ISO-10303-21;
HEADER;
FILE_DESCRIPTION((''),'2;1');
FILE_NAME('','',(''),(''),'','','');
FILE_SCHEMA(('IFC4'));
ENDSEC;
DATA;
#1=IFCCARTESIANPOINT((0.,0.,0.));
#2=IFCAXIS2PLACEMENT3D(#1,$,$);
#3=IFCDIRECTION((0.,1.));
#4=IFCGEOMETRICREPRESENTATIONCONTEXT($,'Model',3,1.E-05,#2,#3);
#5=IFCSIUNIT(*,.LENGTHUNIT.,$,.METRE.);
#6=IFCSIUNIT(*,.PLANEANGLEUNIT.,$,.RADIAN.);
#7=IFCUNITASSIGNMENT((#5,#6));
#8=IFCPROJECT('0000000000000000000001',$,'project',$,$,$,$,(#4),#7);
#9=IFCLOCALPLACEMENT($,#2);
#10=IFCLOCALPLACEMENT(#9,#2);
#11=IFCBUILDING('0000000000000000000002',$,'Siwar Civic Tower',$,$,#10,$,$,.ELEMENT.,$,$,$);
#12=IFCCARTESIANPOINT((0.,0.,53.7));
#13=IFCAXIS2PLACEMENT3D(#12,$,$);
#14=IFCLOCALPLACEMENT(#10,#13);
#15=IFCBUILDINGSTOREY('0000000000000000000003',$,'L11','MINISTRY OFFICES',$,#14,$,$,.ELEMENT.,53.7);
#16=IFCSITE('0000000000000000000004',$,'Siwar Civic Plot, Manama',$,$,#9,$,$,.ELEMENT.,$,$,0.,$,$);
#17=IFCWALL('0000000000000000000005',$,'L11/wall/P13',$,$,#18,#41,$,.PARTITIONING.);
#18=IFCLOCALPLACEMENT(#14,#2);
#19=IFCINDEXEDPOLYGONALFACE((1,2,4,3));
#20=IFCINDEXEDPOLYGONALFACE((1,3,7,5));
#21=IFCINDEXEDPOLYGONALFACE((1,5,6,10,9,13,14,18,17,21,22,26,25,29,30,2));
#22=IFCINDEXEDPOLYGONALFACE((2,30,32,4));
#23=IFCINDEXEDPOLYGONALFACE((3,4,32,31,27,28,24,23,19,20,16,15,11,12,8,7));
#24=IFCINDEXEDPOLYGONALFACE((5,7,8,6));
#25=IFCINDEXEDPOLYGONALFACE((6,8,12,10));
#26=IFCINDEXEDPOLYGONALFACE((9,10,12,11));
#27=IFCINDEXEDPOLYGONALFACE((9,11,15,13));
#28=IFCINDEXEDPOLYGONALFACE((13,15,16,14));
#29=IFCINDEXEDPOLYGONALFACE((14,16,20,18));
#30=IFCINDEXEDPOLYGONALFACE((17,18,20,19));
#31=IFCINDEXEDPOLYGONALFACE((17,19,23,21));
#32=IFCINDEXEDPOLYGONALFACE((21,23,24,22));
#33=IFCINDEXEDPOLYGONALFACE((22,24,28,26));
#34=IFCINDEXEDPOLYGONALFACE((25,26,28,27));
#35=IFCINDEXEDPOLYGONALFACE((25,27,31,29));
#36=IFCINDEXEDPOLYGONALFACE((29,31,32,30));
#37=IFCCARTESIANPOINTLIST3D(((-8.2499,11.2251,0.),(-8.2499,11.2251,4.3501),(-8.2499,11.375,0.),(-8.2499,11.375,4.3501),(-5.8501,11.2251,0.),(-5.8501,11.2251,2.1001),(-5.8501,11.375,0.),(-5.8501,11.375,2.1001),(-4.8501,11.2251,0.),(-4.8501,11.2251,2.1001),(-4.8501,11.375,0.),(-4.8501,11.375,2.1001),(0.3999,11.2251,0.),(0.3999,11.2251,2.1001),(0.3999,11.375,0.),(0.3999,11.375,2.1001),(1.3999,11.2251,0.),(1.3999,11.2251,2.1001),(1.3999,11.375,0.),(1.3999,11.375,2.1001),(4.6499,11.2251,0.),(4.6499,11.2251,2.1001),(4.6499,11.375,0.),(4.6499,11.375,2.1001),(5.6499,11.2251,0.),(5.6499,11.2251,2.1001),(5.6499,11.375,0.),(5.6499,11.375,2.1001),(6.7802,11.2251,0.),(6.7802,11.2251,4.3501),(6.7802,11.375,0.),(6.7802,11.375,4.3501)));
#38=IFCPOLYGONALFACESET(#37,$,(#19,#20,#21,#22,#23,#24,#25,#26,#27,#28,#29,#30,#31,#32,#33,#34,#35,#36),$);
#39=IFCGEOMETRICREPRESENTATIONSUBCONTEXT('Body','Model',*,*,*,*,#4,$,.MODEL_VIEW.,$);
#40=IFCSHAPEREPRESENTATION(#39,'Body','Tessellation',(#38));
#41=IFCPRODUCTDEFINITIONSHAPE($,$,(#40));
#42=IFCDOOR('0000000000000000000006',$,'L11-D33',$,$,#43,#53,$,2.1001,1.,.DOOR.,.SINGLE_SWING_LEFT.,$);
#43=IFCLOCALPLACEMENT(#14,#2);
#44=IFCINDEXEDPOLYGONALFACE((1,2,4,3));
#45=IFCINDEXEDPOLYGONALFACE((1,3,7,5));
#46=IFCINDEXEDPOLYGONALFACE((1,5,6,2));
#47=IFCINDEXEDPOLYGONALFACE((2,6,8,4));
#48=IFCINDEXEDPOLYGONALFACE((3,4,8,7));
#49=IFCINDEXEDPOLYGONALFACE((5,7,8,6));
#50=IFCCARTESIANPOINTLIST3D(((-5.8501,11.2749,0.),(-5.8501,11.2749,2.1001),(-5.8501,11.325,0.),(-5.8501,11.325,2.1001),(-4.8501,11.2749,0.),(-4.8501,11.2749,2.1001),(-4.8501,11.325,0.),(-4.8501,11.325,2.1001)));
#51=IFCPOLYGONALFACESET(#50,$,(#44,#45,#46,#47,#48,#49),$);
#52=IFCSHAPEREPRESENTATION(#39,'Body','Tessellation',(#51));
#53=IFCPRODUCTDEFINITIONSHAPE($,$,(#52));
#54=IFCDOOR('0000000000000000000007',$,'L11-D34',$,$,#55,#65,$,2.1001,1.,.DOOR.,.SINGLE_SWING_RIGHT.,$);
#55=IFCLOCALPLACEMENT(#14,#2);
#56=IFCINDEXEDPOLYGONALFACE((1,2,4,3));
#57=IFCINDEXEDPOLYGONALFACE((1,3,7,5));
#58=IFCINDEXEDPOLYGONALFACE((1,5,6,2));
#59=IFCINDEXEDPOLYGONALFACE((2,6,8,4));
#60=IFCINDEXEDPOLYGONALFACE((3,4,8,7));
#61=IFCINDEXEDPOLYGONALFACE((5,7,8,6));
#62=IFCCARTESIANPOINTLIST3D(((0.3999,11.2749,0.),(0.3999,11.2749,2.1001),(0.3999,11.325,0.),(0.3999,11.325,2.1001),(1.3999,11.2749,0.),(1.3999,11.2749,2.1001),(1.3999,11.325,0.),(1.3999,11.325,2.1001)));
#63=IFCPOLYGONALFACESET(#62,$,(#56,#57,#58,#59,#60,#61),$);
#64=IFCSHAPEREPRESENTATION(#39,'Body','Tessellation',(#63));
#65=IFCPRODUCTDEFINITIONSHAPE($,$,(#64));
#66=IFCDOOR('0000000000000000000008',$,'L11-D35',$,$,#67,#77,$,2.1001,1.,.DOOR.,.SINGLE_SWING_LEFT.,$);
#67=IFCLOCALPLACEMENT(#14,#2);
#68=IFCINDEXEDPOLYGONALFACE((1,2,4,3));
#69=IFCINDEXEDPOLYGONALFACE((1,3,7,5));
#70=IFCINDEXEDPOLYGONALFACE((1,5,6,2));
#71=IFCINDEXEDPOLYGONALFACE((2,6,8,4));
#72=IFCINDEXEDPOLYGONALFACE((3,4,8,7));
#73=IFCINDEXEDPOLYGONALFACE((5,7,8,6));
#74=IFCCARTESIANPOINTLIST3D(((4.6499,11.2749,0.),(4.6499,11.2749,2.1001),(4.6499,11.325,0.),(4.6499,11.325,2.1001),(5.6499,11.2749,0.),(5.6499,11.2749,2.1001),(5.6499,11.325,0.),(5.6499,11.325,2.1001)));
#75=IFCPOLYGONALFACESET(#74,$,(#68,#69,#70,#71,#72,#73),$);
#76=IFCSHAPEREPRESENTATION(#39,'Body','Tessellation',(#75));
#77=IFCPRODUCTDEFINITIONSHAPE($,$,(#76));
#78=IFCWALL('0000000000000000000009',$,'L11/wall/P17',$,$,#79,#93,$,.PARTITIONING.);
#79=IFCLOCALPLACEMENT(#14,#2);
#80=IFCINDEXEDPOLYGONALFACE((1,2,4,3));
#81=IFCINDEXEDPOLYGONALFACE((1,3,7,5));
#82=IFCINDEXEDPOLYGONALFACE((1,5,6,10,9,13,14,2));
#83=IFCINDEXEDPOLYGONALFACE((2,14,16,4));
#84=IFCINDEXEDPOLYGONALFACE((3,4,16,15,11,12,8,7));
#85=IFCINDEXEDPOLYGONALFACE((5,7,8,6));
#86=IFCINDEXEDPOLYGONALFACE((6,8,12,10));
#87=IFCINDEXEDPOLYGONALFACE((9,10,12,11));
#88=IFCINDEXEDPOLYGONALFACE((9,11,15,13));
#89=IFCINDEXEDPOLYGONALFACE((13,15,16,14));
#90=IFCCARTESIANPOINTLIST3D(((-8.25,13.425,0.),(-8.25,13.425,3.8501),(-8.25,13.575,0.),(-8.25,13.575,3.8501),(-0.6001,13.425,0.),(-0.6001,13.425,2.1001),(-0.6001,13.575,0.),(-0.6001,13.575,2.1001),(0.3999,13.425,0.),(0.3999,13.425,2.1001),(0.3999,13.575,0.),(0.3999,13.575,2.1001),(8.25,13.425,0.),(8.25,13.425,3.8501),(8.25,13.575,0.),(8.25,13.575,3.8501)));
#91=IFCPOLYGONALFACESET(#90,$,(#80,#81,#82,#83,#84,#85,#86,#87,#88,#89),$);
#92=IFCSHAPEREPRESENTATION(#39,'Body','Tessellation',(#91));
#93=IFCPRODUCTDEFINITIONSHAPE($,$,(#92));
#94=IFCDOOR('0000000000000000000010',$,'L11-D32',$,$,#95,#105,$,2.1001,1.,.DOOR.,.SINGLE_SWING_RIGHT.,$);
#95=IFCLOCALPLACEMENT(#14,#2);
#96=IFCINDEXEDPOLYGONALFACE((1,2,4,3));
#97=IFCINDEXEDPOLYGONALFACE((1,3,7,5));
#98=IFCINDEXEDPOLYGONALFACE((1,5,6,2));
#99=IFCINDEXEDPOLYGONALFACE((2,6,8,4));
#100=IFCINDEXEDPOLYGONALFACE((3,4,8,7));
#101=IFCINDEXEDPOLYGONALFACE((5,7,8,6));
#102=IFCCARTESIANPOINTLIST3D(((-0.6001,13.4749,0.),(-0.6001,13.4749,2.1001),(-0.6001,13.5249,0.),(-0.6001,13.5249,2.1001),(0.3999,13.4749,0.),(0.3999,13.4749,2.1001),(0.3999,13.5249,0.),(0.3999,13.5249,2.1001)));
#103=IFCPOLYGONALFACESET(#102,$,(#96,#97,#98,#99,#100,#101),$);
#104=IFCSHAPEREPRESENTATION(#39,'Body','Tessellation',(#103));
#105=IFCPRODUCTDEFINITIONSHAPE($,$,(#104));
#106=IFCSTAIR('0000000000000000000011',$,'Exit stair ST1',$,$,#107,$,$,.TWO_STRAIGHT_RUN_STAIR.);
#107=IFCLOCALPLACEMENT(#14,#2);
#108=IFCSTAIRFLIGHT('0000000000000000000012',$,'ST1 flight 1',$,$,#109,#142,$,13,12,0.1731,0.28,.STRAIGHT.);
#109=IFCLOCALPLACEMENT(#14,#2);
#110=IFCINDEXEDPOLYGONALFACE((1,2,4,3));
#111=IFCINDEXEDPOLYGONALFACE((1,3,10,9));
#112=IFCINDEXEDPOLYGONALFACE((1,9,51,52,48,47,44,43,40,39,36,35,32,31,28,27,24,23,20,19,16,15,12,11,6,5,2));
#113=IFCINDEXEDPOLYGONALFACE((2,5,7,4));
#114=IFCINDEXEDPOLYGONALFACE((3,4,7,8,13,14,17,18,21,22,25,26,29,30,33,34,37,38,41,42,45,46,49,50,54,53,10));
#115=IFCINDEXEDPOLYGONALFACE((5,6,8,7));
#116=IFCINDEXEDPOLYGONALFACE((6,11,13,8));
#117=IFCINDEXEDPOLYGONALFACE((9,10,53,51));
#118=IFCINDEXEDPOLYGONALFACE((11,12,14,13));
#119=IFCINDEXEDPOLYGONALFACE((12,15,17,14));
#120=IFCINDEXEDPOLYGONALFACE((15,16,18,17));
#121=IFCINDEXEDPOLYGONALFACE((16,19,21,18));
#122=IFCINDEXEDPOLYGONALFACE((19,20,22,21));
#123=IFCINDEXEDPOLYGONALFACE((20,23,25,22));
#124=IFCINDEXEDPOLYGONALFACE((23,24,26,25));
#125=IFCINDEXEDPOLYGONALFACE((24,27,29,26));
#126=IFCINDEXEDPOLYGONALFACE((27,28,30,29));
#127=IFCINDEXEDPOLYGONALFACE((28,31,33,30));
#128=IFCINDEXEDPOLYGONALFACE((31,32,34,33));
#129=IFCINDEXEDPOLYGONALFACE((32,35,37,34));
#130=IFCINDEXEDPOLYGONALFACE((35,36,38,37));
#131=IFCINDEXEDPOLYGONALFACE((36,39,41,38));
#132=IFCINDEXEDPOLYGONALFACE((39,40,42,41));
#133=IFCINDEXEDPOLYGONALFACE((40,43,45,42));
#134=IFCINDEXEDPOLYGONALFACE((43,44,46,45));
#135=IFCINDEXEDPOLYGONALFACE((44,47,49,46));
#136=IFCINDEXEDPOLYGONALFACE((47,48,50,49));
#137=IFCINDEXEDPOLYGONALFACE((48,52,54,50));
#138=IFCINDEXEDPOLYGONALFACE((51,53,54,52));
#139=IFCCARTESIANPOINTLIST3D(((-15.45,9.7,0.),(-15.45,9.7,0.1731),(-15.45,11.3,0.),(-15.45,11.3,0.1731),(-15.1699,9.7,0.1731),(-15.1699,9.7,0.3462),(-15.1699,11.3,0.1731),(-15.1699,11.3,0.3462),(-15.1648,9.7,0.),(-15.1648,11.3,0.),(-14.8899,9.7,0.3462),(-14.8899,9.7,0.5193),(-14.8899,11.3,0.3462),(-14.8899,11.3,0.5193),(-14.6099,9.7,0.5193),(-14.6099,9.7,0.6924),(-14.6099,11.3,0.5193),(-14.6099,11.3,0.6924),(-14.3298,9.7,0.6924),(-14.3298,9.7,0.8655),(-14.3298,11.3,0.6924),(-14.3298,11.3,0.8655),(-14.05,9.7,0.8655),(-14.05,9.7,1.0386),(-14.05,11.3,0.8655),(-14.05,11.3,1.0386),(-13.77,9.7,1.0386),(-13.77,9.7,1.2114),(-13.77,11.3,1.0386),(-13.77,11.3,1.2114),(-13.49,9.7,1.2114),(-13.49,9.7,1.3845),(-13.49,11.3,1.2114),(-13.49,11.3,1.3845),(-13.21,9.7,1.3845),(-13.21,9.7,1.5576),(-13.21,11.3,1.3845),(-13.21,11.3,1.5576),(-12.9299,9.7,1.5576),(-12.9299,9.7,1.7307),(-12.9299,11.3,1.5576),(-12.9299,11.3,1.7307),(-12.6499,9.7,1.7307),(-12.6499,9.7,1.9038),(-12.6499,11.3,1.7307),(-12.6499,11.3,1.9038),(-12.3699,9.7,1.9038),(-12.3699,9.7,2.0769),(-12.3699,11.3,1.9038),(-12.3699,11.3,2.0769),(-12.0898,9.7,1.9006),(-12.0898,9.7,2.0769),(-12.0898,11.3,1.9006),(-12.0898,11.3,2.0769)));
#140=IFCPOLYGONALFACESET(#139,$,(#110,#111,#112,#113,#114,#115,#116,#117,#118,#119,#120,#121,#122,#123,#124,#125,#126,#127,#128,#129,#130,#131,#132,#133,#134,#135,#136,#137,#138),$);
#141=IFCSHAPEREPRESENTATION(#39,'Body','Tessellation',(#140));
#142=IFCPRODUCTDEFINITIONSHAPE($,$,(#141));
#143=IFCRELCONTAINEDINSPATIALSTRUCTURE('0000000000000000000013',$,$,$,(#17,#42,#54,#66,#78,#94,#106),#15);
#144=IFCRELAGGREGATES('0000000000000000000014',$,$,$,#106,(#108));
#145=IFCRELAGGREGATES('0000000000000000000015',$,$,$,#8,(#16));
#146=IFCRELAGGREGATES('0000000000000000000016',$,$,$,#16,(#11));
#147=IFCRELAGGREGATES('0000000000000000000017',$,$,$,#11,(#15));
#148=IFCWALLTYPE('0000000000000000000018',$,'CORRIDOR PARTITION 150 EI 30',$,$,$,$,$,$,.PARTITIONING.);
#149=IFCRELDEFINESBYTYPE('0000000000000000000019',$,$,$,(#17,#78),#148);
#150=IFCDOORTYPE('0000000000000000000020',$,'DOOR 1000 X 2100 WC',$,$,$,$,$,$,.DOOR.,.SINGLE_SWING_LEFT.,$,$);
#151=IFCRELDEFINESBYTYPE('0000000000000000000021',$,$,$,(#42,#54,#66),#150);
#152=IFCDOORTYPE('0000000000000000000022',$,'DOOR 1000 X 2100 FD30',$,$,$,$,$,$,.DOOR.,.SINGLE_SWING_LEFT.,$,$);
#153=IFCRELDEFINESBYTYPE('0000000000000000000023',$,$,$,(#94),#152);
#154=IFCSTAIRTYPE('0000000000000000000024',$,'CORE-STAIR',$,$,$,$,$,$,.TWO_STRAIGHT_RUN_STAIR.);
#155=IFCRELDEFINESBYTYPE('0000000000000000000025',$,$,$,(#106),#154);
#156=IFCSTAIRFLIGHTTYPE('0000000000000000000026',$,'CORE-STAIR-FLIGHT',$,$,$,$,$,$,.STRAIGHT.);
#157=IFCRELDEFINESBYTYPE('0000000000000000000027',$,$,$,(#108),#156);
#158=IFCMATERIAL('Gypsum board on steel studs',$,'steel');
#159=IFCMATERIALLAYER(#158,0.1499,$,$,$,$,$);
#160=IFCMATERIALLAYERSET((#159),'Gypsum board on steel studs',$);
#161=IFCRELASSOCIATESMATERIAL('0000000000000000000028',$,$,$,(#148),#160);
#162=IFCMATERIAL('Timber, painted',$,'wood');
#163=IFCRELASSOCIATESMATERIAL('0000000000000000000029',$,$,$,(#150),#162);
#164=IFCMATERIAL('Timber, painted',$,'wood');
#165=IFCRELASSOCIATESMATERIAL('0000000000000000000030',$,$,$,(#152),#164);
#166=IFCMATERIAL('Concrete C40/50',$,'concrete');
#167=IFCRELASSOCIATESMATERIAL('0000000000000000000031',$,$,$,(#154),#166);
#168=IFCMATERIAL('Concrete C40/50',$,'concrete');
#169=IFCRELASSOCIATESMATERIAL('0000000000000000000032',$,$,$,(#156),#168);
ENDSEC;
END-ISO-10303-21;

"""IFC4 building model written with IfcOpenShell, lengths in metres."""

from ifc_helpers import new_model, si_unit, direction, frame, frame_2d, origin, place, context, subcontext, project, spatial, polyline, rectangle, outline, extrude, material, layer, layer_set, type_object, element, fill, aggregate, save


model = new_model("IFC4")

# Units and contexts
model_context = context("Model", 3, precision=1e-05, world=origin(), true_north=direction((0.0, 1.0)))
body_context = subcontext(model_context, "Body", "Model", "MODEL_VIEW")
ifc_project = project(units=[si_unit("LENGTHUNIT", "METRE"), si_unit("PLANEANGLEUNIT", "RADIAN")], contexts=[model_context])

# Site, building, storey
site_placement = place(None, origin())
site = spatial("IfcSite", under=ifc_project, at=site_placement, Name="Siwar Civic Plot, Manama", CompositionType="ELEMENT", RefElevation=0.0)
building_placement = place(site_placement, origin())
building = spatial("IfcBuilding", under=site, at=building_placement, Name="Siwar Civic Tower", CompositionType="ELEMENT")
storey_placement = place(building_placement, frame((0.0, 0.0, 53.7)))
storey = spatial("IfcBuildingStorey", under=building, at=storey_placement, Name="L11", Description="MINISTRY OFFICES", CompositionType="ELEMENT", Elevation=53.7)

# Wall, openings, doors
ifc_material_1 = material(Name="Gypsum board on steel studs", Category="steel")
ifc_layer_1 = layer(ifc_material_1, 0.1499)
ifc_layer_set_1 = layer_set([ifc_layer_1], Name="Gypsum board on steel studs")
wall_type_1 = type_object("IfcWallType", Name="CORRIDOR PARTITION 150 EI 30", PredefinedType="PARTITIONING", material=ifc_layer_set_1)
wall_1_placement = place(storey_placement, frame((-8.25, 11.3, 0.0), z_axis=(0.0, 0.0, 1.0), x_axis=(1.0, 0.0, 0.0)))
wall_1 = element("IfcWall", 1, at=wall_1_placement, inside=storey, type_object=wall_type_1, Name="L11/wall/P13", PredefinedType="PARTITIONING", context=body_context, shape_type="SweptSolid", body=[
    extrude(rectangle(XDim=15.03, YDim=0.1499, at=frame_2d((7.5151, 0.0))), origin(), (0.0, 0.0, 1.0), 4.3501),
])
opening_1_placement = place(wall_1_placement, frame((2.3999, 0.0, 0.0)))
opening_1 = element("IfcOpeningElement", 2, at=opening_1_placement, cuts=wall_1, PredefinedType="OPENING", context=body_context, shape_type="SweptSolid", body=[
    extrude(rectangle(XDim=1.0, YDim=2.1001, at=frame_2d((0.5, 1.05))), frame((0.0, 0.085, 0.0), z_axis=(0.0, -1.0, 0.0), x_axis=(1.0, 0.0, 0.0)), (0.0, 0.0, 1.0), 0.1699),
])
opening_2_placement = place(wall_1_placement, frame((8.6499, 0.0, 0.0)))
opening_2 = element("IfcOpeningElement", 3, at=opening_2_placement, cuts=wall_1, PredefinedType="OPENING", context=body_context, shape_type="SweptSolid", body=[
    extrude(rectangle(XDim=1.0, YDim=2.1001, at=frame_2d((0.5, 1.05))), frame((0.0, 0.085, 0.0), z_axis=(0.0, -1.0, 0.0), x_axis=(1.0, 0.0, 0.0)), (0.0, 0.0, 1.0), 0.1699),
])
opening_3_placement = place(wall_1_placement, frame((12.8999, 0.0, 0.0)))
opening_3 = element("IfcOpeningElement", 4, at=opening_3_placement, cuts=wall_1, PredefinedType="OPENING", context=body_context, shape_type="SweptSolid", body=[
    extrude(rectangle(XDim=1.0, YDim=2.1001, at=frame_2d((0.5, 1.05))), frame((0.0, 0.085, 0.0), z_axis=(0.0, -1.0, 0.0), x_axis=(1.0, 0.0, 0.0)), (0.0, 0.0, 1.0), 0.1699),
])
ifc_material_2 = material(Name="Timber, painted", Category="wood")
door_type_1 = type_object("IfcDoorType", Name="DOOR 1000 X 2100 WC", OperationType="SINGLE_SWING_LEFT", PredefinedType="DOOR", material=ifc_material_2)
door_1_placement = place(opening_1_placement, origin())
door_1 = element("IfcDoor", 5, at=door_1_placement, inside=storey, type_object=door_type_1, Name="L11-D33", OperationType="SINGLE_SWING_LEFT", OverallHeight=2.1001, OverallWidth=1.0, PredefinedType="DOOR", context=body_context, shape_type="SweptSolid", body=[
    extrude(rectangle(XDim=1.0, YDim=2.1001, at=frame_2d((0.5, 1.05))), frame((0.0, 0.0249, 0.0), z_axis=(0.0, -1.0, 0.0), x_axis=(1.0, 0.0, 0.0)), (0.0, 0.0, 1.0), 0.05),
])
fill(opening_1, door_1)
door_2_placement = place(opening_2_placement, origin())
door_2 = element("IfcDoor", 6, at=door_2_placement, inside=storey, type_object=door_type_1, Name="L11-D34", OperationType="SINGLE_SWING_RIGHT", OverallHeight=2.1001, OverallWidth=1.0, PredefinedType="DOOR", context=body_context, shape_type="SweptSolid", body=[
    extrude(rectangle(XDim=1.0, YDim=2.1001, at=frame_2d((0.5, 1.05))), frame((0.0, 0.0249, 0.0), z_axis=(0.0, -1.0, 0.0), x_axis=(1.0, 0.0, 0.0)), (0.0, 0.0, 1.0), 0.05),
])
fill(opening_2, door_2)
door_3_placement = place(opening_3_placement, origin())
door_3 = element("IfcDoor", 7, at=door_3_placement, inside=storey, type_object=door_type_1, Name="L11-D35", OperationType="SINGLE_SWING_LEFT", OverallHeight=2.1001, OverallWidth=1.0, PredefinedType="DOOR", context=body_context, shape_type="SweptSolid", body=[
    extrude(rectangle(XDim=1.0, YDim=2.1001, at=frame_2d((0.5, 1.05))), frame((0.0, 0.0249, 0.0), z_axis=(0.0, -1.0, 0.0), x_axis=(1.0, 0.0, 0.0)), (0.0, 0.0, 1.0), 0.05),
])
fill(opening_3, door_3)

# Wall, opening, door
wall_2_placement = place(storey_placement, frame((-8.25, 13.5, 0.0), z_axis=(0.0, 0.0, 1.0), x_axis=(1.0, 0.0, 0.0)))
wall_2 = element("IfcWall", 8, at=wall_2_placement, inside=storey, type_object=wall_type_1, Name="L11/wall/P17", PredefinedType="PARTITIONING", context=body_context, shape_type="SweptSolid", body=[
    extrude(rectangle(XDim=16.5, YDim=0.1499, at=frame_2d((8.25, 0.0))), origin(), (0.0, 0.0, 1.0), 3.8501),
])
opening_4_placement = place(wall_2_placement, frame((7.6499, 0.0, 0.0)))
opening_4 = element("IfcOpeningElement", 9, at=opening_4_placement, cuts=wall_2, PredefinedType="OPENING", context=body_context, shape_type="SweptSolid", body=[
    extrude(rectangle(XDim=1.0, YDim=2.1001, at=frame_2d((0.5, 1.05))), frame((0.0, 0.085, 0.0), z_axis=(0.0, -1.0, 0.0), x_axis=(1.0, 0.0, 0.0)), (0.0, 0.0, 1.0), 0.1699),
])
ifc_material_3 = material(Name="Timber, painted", Category="wood")
door_type_2 = type_object("IfcDoorType", Name="DOOR 1000 X 2100 FD30", OperationType="SINGLE_SWING_LEFT", PredefinedType="DOOR", material=ifc_material_3)
door_4_placement = place(opening_4_placement, origin())
door_4 = element("IfcDoor", 10, at=door_4_placement, inside=storey, type_object=door_type_2, Name="L11-D32", OperationType="SINGLE_SWING_RIGHT", OverallHeight=2.1001, OverallWidth=1.0, PredefinedType="DOOR", context=body_context, shape_type="SweptSolid", body=[
    extrude(rectangle(XDim=1.0, YDim=2.1001, at=frame_2d((0.5, 1.05))), frame((0.0, 0.0249, 0.0), z_axis=(0.0, -1.0, 0.0), x_axis=(1.0, 0.0, 0.0)), (0.0, 0.0, 1.0), 0.05),
])
fill(opening_4, door_4)

# Stair, stair flight
ifc_material_4 = material(Name="Concrete C40/50", Category="concrete")
stair_type = type_object("IfcStairType", Name="CORE-STAIR", PredefinedType="TWO_STRAIGHT_RUN_STAIR", material=ifc_material_4)
stair_placement = place(storey_placement, origin())
stair = element("IfcStair", 11, at=stair_placement, inside=storey, type_object=stair_type, Name="Exit stair ST1", PredefinedType="TWO_STRAIGHT_RUN_STAIR")
ifc_material_5 = material(Name="Concrete C40/50", Category="concrete")
stair_flight_type = type_object("IfcStairFlightType", Name="CORE-STAIR-FLIGHT", PredefinedType="STRAIGHT", material=ifc_material_5)
stair_flight_1_placement = place(storey_placement, frame((-15.45, 10.5, 0.0), z_axis=(0.0, 0.0, 1.0), x_axis=(1.0, 0.0, 0.0)))
stair_flight_1 = element("IfcStairFlight", 12, at=stair_flight_1_placement, type_object=stair_flight_type, Name="ST1 flight 1", NumberOfRisers=13, NumberOfTreads=12, PredefinedType="STRAIGHT", RiserHeight=0.1731, TreadLength=0.28, context=body_context, shape_type="SweptSolid", body=[
    extrude(outline(polyline([(0.0, 0.0), (0.0, 0.1731), (0.28, 0.1731), (0.28, 0.3462), (0.5601, 0.3462), (0.5601, 0.5193), (0.8401, 0.5193), (0.8401, 0.6924), (1.1201, 0.6924), (1.1201, 0.8655), (1.3999, 0.8655), (1.3999, 1.0386), (1.6799, 1.0386), (1.6799, 1.2114), (1.96, 1.2114), (1.96, 1.3845), (2.24, 1.3845), (2.24, 1.5576), (2.52, 1.5576), (2.52, 1.7307), (2.8, 1.7307), (2.8, 1.9038), (3.0801, 1.9038), (3.0801, 2.0769), (3.3601, 2.0769), (3.3601, 2.25), (3.3601, 1.9006), (0.2852, 0.0), (0.0, 0.0)])), frame((0.0, 0.8, 0.0), z_axis=(0.0, -1.0, 0.0), x_axis=(1.0, 0.0, 0.0)), (0.0, 0.0, 1.0), 1.6001),
])
aggregate(stair, [stair_flight_1])

save(model, "model.ifc")
